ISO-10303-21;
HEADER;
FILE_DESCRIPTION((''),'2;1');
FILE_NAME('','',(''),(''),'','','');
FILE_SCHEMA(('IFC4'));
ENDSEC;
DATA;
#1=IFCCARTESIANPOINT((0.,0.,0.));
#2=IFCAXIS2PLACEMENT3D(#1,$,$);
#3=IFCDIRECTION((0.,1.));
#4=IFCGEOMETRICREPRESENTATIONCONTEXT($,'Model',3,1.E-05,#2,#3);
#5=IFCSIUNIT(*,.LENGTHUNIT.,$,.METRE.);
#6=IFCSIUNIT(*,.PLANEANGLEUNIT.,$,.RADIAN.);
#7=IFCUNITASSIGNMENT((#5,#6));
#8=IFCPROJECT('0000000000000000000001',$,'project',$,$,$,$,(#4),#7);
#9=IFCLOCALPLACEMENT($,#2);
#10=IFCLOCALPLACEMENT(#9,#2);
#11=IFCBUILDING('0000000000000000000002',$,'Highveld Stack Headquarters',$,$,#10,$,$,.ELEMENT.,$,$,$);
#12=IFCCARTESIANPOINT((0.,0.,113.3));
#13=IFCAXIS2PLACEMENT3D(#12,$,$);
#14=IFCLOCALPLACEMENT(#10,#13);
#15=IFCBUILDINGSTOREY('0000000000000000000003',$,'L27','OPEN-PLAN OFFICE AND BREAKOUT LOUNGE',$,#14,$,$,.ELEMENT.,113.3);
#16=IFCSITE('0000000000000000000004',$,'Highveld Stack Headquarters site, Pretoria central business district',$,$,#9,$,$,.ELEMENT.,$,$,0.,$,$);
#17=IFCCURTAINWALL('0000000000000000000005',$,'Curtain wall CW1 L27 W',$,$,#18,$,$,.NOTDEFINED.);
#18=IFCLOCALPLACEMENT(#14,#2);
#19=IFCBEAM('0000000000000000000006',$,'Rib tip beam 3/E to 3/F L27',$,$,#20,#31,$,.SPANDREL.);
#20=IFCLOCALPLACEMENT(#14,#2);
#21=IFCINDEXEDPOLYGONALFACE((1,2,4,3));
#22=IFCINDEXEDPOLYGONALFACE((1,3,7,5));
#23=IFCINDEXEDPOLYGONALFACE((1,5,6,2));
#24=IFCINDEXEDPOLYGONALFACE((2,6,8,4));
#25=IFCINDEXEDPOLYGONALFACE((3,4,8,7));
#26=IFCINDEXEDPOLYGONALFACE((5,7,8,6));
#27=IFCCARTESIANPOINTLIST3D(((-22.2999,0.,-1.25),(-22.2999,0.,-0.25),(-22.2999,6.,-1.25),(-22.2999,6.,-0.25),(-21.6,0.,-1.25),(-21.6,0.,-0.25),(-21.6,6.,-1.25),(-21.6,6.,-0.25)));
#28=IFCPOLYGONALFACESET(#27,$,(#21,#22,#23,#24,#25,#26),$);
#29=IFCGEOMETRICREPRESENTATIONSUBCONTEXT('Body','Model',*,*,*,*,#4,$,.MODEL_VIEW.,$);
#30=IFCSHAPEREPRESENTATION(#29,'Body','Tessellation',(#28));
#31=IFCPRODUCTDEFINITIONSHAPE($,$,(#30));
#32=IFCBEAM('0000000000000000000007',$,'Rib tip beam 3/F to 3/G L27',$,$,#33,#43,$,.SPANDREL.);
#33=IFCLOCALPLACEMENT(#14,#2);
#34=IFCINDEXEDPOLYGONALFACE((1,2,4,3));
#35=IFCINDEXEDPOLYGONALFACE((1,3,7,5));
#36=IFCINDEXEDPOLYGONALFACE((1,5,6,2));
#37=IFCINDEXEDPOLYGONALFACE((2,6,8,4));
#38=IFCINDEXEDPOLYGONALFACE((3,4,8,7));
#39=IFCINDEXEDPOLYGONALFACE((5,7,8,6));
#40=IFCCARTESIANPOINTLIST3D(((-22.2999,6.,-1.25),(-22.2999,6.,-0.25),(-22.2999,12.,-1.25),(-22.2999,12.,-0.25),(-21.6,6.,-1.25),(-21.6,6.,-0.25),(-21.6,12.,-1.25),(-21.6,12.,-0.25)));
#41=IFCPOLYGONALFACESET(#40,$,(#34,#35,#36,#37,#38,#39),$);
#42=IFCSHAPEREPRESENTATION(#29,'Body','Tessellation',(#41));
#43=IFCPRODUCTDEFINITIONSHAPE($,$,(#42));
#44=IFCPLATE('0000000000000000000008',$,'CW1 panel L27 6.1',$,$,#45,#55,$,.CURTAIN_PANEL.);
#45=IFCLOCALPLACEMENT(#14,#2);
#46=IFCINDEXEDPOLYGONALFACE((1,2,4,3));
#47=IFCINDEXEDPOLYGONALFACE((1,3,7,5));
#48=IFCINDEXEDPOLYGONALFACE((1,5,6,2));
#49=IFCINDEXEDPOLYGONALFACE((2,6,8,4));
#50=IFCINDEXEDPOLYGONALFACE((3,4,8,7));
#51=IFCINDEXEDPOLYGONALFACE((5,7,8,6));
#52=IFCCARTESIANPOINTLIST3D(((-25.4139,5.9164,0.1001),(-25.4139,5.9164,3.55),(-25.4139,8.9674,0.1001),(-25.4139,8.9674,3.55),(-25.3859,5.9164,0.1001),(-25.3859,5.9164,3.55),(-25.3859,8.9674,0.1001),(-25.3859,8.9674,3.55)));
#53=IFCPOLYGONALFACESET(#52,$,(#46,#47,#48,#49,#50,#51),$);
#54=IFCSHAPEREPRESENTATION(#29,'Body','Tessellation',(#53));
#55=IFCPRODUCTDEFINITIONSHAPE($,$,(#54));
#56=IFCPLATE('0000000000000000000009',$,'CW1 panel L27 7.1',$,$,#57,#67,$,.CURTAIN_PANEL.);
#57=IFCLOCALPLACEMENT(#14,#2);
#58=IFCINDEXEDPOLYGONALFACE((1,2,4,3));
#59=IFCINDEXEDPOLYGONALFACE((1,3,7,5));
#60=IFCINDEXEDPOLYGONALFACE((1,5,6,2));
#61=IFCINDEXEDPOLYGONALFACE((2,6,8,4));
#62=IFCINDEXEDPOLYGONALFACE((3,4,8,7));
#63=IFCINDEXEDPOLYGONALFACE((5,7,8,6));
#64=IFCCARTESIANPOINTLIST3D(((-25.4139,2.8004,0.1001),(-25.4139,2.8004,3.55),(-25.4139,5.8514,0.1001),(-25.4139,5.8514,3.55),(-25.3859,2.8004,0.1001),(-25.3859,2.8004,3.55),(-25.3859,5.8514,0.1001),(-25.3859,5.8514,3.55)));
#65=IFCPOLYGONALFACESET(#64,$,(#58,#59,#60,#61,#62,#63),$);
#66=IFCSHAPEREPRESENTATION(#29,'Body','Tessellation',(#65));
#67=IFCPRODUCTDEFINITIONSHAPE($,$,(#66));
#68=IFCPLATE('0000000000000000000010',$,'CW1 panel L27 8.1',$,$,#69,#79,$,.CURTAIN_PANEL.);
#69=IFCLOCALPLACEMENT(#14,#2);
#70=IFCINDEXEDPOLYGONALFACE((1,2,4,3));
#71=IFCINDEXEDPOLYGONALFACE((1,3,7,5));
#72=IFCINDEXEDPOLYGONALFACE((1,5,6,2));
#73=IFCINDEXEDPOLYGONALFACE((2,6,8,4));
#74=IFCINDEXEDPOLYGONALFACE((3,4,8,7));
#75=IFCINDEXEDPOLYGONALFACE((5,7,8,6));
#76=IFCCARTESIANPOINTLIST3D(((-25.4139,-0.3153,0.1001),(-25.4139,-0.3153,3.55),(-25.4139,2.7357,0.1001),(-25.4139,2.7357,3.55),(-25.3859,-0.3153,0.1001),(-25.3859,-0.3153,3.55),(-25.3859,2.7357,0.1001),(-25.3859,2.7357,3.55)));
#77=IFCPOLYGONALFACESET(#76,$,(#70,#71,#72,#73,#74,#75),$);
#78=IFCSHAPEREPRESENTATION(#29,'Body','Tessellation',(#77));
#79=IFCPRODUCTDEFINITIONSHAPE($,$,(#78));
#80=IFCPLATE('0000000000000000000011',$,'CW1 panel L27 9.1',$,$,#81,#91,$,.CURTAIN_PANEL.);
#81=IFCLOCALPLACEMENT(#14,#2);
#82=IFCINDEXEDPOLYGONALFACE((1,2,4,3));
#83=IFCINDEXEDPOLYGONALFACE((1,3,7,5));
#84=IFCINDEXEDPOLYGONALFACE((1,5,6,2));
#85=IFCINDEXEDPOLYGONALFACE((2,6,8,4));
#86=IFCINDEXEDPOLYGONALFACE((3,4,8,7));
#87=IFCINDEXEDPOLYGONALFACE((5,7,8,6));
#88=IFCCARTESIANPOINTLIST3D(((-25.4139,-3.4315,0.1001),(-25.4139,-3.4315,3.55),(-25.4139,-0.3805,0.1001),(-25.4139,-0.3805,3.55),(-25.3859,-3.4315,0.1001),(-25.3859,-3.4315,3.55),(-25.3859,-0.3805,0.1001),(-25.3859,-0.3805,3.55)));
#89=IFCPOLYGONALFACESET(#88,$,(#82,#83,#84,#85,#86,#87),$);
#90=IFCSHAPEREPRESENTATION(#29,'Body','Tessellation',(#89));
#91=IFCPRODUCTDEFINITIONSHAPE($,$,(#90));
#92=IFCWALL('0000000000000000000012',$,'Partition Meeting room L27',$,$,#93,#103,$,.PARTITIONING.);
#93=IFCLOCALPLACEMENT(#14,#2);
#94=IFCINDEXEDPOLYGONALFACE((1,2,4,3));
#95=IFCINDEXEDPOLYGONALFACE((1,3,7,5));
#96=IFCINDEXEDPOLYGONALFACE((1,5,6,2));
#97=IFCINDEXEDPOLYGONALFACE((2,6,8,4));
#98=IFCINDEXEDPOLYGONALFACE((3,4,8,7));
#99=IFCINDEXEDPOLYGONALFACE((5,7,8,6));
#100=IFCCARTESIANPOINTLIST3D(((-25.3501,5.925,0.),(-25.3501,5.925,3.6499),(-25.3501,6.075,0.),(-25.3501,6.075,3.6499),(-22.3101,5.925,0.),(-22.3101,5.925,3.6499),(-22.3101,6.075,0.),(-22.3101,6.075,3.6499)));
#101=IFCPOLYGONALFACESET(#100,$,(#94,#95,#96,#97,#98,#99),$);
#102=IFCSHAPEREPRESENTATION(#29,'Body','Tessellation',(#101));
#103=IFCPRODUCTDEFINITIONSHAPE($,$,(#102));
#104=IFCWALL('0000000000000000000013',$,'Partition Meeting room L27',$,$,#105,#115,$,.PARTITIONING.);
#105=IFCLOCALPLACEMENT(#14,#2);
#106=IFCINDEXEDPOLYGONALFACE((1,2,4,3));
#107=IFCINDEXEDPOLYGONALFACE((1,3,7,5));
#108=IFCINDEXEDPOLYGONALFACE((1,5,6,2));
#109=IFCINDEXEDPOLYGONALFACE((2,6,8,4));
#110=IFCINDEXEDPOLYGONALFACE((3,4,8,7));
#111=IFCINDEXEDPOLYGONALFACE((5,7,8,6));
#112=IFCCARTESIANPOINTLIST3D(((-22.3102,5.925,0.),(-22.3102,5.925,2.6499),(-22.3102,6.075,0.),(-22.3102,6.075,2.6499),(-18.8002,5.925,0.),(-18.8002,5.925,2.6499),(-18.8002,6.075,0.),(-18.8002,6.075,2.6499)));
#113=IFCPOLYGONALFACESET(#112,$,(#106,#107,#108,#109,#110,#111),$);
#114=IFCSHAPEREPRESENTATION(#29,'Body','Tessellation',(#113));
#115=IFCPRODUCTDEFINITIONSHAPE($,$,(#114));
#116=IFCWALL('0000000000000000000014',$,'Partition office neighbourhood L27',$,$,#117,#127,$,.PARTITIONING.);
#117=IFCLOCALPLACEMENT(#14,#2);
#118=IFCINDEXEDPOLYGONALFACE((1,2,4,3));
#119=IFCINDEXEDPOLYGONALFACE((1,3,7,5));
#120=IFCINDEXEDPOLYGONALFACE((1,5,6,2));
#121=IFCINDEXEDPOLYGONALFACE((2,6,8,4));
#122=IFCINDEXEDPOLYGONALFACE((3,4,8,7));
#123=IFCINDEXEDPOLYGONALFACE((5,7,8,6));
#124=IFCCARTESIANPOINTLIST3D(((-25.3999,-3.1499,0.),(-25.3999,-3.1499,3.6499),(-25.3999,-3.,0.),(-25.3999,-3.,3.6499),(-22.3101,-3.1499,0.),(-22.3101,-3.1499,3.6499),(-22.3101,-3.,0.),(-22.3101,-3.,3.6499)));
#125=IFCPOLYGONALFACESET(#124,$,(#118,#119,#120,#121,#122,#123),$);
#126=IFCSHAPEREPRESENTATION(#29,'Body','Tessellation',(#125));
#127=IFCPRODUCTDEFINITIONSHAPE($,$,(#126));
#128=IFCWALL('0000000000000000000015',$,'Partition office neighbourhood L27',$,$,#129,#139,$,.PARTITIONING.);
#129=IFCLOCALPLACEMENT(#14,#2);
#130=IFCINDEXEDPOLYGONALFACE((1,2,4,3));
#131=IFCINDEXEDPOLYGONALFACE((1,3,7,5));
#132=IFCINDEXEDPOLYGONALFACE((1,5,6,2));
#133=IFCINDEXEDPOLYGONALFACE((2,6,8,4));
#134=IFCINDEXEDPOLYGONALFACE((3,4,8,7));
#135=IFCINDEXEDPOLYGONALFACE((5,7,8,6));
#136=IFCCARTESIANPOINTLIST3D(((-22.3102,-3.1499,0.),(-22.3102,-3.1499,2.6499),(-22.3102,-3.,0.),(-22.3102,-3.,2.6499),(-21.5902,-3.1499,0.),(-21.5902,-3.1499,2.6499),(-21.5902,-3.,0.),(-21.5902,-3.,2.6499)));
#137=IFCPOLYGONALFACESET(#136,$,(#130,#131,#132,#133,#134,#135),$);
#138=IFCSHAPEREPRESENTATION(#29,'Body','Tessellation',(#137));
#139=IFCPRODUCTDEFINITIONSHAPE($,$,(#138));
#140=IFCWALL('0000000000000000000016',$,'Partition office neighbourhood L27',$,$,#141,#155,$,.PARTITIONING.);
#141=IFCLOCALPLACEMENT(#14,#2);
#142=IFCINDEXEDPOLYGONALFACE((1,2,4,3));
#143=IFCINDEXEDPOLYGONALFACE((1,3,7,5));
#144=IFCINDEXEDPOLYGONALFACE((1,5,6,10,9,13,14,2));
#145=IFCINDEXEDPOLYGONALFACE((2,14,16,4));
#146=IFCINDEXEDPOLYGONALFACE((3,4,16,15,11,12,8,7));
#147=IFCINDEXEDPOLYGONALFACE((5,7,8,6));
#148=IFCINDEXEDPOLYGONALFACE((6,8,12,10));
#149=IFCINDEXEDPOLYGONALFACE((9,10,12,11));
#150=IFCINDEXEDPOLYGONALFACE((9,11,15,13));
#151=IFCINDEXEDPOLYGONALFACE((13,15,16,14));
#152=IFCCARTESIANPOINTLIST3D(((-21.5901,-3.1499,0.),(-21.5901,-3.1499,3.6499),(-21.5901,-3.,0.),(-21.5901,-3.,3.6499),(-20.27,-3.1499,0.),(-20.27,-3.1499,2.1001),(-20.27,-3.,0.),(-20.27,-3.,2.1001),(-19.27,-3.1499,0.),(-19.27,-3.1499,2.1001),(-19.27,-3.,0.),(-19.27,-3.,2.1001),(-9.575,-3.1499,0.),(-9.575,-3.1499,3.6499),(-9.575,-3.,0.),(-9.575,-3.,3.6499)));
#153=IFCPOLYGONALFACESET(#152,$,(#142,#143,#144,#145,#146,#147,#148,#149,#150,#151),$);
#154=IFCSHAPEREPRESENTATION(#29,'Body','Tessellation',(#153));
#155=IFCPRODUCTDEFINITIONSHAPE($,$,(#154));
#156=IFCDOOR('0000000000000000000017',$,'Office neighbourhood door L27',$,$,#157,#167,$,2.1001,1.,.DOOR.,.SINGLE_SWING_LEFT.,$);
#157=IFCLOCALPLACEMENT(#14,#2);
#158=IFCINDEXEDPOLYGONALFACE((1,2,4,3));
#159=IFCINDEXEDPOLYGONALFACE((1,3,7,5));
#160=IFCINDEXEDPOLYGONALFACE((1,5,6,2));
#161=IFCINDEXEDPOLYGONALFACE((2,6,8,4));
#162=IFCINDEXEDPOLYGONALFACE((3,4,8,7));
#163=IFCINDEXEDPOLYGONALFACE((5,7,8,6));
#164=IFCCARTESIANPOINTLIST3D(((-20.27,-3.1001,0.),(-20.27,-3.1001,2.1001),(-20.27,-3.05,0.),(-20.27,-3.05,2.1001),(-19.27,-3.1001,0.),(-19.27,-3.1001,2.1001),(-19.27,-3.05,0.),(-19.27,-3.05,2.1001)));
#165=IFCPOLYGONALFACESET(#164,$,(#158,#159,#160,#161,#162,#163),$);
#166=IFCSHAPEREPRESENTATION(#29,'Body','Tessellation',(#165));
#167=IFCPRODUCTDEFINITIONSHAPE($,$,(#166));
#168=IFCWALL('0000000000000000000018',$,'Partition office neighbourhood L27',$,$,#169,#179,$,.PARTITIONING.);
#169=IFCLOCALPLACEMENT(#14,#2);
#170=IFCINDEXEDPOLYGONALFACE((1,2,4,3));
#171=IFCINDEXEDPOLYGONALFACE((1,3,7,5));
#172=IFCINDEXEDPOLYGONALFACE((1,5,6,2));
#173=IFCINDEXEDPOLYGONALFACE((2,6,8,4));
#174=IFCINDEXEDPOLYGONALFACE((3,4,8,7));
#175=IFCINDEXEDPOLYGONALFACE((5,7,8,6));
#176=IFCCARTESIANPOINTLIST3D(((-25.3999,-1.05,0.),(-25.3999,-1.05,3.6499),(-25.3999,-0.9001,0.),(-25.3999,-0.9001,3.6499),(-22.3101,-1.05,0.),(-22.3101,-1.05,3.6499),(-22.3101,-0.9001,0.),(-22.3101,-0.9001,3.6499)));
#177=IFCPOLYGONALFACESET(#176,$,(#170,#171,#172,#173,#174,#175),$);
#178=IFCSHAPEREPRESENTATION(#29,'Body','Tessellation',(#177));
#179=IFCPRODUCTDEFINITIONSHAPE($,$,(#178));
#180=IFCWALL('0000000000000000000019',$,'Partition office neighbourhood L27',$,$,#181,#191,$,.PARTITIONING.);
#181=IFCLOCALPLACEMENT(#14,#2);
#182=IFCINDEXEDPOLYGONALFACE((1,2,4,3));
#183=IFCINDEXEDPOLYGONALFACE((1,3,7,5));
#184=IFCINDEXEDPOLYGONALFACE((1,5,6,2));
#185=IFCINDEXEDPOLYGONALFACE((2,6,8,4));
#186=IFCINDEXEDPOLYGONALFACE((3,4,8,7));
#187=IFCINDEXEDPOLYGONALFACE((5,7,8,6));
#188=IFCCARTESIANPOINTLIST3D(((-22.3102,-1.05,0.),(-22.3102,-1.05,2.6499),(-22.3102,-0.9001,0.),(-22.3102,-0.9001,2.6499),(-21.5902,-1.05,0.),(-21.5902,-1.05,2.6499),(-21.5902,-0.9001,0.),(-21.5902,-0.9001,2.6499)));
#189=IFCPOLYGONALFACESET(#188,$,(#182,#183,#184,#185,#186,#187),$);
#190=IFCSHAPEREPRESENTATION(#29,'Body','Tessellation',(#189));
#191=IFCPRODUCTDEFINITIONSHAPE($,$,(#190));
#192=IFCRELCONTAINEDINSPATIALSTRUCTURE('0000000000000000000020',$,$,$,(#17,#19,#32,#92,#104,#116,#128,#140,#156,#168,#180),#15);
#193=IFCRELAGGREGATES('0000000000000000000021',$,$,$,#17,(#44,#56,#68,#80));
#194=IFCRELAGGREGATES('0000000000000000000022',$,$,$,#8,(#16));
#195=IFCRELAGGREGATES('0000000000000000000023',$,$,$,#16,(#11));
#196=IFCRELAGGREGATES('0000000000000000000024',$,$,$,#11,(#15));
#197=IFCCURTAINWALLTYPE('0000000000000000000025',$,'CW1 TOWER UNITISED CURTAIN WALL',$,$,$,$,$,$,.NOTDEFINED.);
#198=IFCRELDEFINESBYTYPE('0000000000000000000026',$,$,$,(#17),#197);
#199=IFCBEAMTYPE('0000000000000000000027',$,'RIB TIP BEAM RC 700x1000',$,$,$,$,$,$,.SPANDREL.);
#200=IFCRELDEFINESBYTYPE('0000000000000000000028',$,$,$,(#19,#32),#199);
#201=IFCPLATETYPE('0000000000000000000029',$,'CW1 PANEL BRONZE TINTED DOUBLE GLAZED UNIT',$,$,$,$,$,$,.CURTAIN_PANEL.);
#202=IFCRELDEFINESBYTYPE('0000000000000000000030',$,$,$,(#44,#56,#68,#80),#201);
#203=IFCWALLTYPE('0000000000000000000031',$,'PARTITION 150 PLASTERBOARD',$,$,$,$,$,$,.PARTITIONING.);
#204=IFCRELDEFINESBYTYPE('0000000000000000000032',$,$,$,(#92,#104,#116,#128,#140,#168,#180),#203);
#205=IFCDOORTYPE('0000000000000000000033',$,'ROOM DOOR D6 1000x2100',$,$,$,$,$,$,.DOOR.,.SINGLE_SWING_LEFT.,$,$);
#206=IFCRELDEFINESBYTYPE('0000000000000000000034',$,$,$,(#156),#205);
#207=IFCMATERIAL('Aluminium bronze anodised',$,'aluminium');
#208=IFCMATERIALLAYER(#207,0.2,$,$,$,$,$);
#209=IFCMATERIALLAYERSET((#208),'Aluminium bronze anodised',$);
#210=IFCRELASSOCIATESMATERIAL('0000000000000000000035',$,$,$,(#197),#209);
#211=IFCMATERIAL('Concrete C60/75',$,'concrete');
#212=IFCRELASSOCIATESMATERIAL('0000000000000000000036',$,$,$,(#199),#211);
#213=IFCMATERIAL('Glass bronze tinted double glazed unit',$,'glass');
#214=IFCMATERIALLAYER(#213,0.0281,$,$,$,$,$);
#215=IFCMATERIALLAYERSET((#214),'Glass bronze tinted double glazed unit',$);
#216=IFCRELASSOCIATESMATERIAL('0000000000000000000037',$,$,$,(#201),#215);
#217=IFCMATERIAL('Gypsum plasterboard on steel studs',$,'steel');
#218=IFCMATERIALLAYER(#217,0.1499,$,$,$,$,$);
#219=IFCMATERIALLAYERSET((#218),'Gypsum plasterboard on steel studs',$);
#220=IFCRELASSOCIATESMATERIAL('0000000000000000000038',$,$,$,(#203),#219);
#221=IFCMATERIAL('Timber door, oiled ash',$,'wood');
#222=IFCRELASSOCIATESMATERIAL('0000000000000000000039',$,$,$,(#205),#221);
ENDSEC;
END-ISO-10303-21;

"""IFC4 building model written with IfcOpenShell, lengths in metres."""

from ifc_helpers import new_model, si_unit, direction, frame, frame_2d, origin, origin_2d, place, context, subcontext, project, spatial, rectangle, extrude, material, layer, layer_set, material_profile, profile_set, type_object, element, fill, aggregate, save


model = new_model("IFC4")

# Units and contexts
model_context = context("Model", 3, precision=1e-05, world=origin(), true_north=direction((0.0, 1.0)))
body_context = subcontext(model_context, "Body", "Model", "MODEL_VIEW")
ifc_project = project(units=[si_unit("LENGTHUNIT", "METRE"), si_unit("PLANEANGLEUNIT", "RADIAN")], contexts=[model_context])

# Site, building, storey
site_placement = place(None, origin())
site = spatial("IfcSite", under=ifc_project, at=site_placement, Name="Highveld Stack Headquarters site, Pretoria central business district", CompositionType="ELEMENT", RefElevation=0.0)
building_placement = place(site_placement, origin())
building = spatial("IfcBuilding", under=site, at=building_placement, Name="Highveld Stack Headquarters", CompositionType="ELEMENT")
storey_placement = place(building_placement, frame((0.0, 0.0, 113.3)))
storey = spatial("IfcBuildingStorey", under=building, at=storey_placement, Name="L27", Description="OPEN-PLAN OFFICE AND BREAKOUT LOUNGE", CompositionType="ELEMENT", Elevation=113.3)

# Curtain wall
ifc_material_1 = material(Name="Aluminium bronze anodised", Category="aluminium")
ifc_layer_1 = layer(ifc_material_1, 0.2)
ifc_layer_set_1 = layer_set([ifc_layer_1], Name="Aluminium bronze anodised")
curtain_wall_type = type_object("IfcCurtainWallType", Name="CW1 TOWER UNITISED CURTAIN WALL", PredefinedType="NOTDEFINED", material=ifc_layer_set_1)
curtain_wall_placement = place(storey_placement, origin())
curtain_wall = element("IfcCurtainWall", 1, at=curtain_wall_placement, inside=storey, type_object=curtain_wall_type, Name="Curtain wall CW1 L27 W", PredefinedType="NOTDEFINED")

# Beams
ifc_material_2 = material(Name="Concrete C60/75", Category="concrete")
ifc_material_profile_1 = material_profile(ifc_material_2, rectangle(XDim=0.7, YDim=1.0, at=origin_2d()), Name="RC 700x1000")
ifc_profile_set_1 = profile_set([ifc_material_profile_1], Name="Concrete C60/75")
beam_type = type_object("IfcBeamType", Name="RIB TIP BEAM RC 700x1000", PredefinedType="SPANDREL", material=ifc_profile_set_1)
for number, where, z_axis, x_axis, name in (
    (2, (-21.95, 0.0, -0.75), (0.0, 1.0, 0.0), (-1.0, 0.0, 0.0), "Rib tip beam 3/E to 3/F L27"),
    (3, (-21.95, 6.0, -0.75), (0.0, 1.0, 0.0), (-1.0, 0.0, 0.0), "Rib tip beam 3/F to 3/G L27"),
):
    element("IfcBeam", number, at=place(storey_placement, frame(where, z_axis=z_axis, x_axis=x_axis)), inside=storey, type_object=beam_type, Name=name, PredefinedType="SPANDREL", context=body_context, shape_type="SweptSolid", body=[
        extrude(rectangle(XDim=0.7, YDim=1.0, at=origin_2d()), origin(), (0.0, 0.0, 1.0), 6.0),
    ])

# Plates
ifc_material_3 = material(Name="Glass bronze tinted double glazed unit", Category="glass")
ifc_layer_2 = layer(ifc_material_3, 0.0281)
ifc_layer_set_2 = layer_set([ifc_layer_2], Name="Glass bronze tinted double glazed unit")
plate_type = type_object("IfcPlateType", Name="CW1 PANEL BRONZE TINTED DOUBLE GLAZED UNIT", PredefinedType="CURTAIN_PANEL", material=ifc_layer_set_2)
plate_1_placement = place(storey_placement, frame((-25.3999, 7.4419, 0.1001), z_axis=(0.0, 0.0, 1.0), x_axis=(0.0, -1.0, 0.0)))
plate_1 = element("IfcPlate", 4, at=plate_1_placement, type_object=plate_type, Name="CW1 panel L27 6.1", PredefinedType="CURTAIN_PANEL", context=body_context, shape_type="SweptSolid", body=[
    extrude(rectangle(XDim=3.051, YDim=0.0281, at=origin_2d()), origin(), (0.0, 0.0, 1.0), 3.45),
])
plate_2_placement = place(storey_placement, frame((-25.3999, 4.3259, 0.1001), z_axis=(0.0, 0.0, 1.0), x_axis=(0.0, -1.0, 0.0)))
plate_2 = element("IfcPlate", 5, at=plate_2_placement, type_object=plate_type, Name="CW1 panel L27 7.1", PredefinedType="CURTAIN_PANEL", context=body_context, shape_type="SweptSolid", body=[
    extrude(rectangle(XDim=3.051, YDim=0.0281, at=origin_2d()), origin(), (0.0, 0.0, 1.0), 3.45),
])
plate_3_placement = place(storey_placement, frame((-25.3999, 1.2102, 0.1001), z_axis=(0.0, 0.0, 1.0), x_axis=(0.0, -1.0, 0.0)))
plate_3 = element("IfcPlate", 6, at=plate_3_placement, type_object=plate_type, Name="CW1 panel L27 8.1", PredefinedType="CURTAIN_PANEL", context=body_context, shape_type="SweptSolid", body=[
    extrude(rectangle(XDim=3.051, YDim=0.0281, at=origin_2d()), origin(), (0.0, 0.0, 1.0), 3.45),
])
plate_4_placement = place(storey_placement, frame((-25.3999, -1.906, 0.1001), z_axis=(0.0, 0.0, 1.0), x_axis=(0.0, -1.0, 0.0)))
plate_4 = element("IfcPlate", 7, at=plate_4_placement, type_object=plate_type, Name="CW1 panel L27 9.1", PredefinedType="CURTAIN_PANEL", context=body_context, shape_type="SweptSolid", body=[
    extrude(rectangle(XDim=3.051, YDim=0.0281, at=origin_2d()), origin(), (0.0, 0.0, 1.0), 3.45),
])
aggregate(curtain_wall, [plate_1, plate_2, plate_3, plate_4])

# Walls
ifc_material_4 = material(Name="Gypsum plasterboard on steel studs", Category="steel")
ifc_layer_3 = layer(ifc_material_4, 0.1499)
ifc_layer_set_3 = layer_set([ifc_layer_3], Name="Gypsum plasterboard on steel studs")
wall_type = type_object("IfcWallType", Name="PARTITION 150 PLASTERBOARD", PredefinedType="PARTITIONING", material=ifc_layer_set_3)
wall_1_placement = place(storey_placement, frame((-25.3501, 6.0, 0.0), z_axis=(0.0, 0.0, 1.0), x_axis=(1.0, 0.0, 0.0)))
element("IfcWall", 8, at=wall_1_placement, inside=storey, type_object=wall_type, Name="Partition Meeting room L27", PredefinedType="PARTITIONING", context=body_context, shape_type="SweptSolid", body=[
    extrude(rectangle(XDim=3.04, YDim=0.1499, at=frame_2d((1.52, 0.0))), origin(), (0.0, 0.0, 1.0), 3.6499),
])
wall_2_placement = place(storey_placement, frame((-22.3101, 6.0, 0.0), z_axis=(0.0, 0.0, 1.0), x_axis=(1.0, 0.0, 0.0)))
element("IfcWall", 9, at=wall_2_placement, inside=storey, type_object=wall_type, Name="Partition Meeting room L27", PredefinedType="PARTITIONING", context=body_context, shape_type="SweptSolid", body=[
    extrude(rectangle(XDim=3.51, YDim=0.1499, at=frame_2d((1.7549, 0.0))), origin(), (0.0, 0.0, 1.0), 2.6499),
])
wall_3_placement = place(storey_placement, frame((-25.3999, -3.075, 0.0), z_axis=(0.0, 0.0, 1.0), x_axis=(1.0, 0.0, 0.0)))
element("IfcWall", 10, at=wall_3_placement, inside=storey, type_object=wall_type, Name="Partition office neighbourhood L27", PredefinedType="PARTITIONING", context=body_context, shape_type="SweptSolid", body=[
    extrude(rectangle(XDim=3.0898, YDim=0.1499, at=frame_2d((1.5449, 0.0))), origin(), (0.0, 0.0, 1.0), 3.6499),
])
wall_4_placement = place(storey_placement, frame((-22.3101, -3.075, 0.0), z_axis=(0.0, 0.0, 1.0), x_axis=(1.0, 0.0, 0.0)))
element("IfcWall", 11, at=wall_4_placement, inside=storey, type_object=wall_type, Name="Partition office neighbourhood L27", PredefinedType="PARTITIONING", context=body_context, shape_type="SweptSolid", body=[
    extrude(rectangle(XDim=0.72, YDim=0.1499, at=frame_2d((0.3599, 0.0))), origin(), (0.0, 0.0, 1.0), 2.6499),
])

# Wall, opening, door
wall_5_placement = place(storey_placement, frame((-21.5901, -3.075, 0.0), z_axis=(0.0, 0.0, 1.0), x_axis=(1.0, 0.0, 0.0)))
wall_5 = element("IfcWall", 12, at=wall_5_placement, inside=storey, type_object=wall_type, Name="Partition office neighbourhood L27", PredefinedType="PARTITIONING", context=body_context, shape_type="SweptSolid", body=[
    extrude(rectangle(XDim=12.0151, YDim=0.1499, at=frame_2d((6.0076, 0.0))), origin(), (0.0, 0.0, 1.0), 3.6499),
])
opening_1_placement = place(wall_5_placement, frame((1.3201, 0.0, 0.0)))
opening_1 = element("IfcOpeningElement", 13, at=opening_1_placement, cuts=wall_5, PredefinedType="OPENING", context=body_context, shape_type="SweptSolid", body=[
    extrude(rectangle(XDim=1.0, YDim=2.1001, at=frame_2d((0.5, 1.05))), frame((0.0, 0.085, 0.0), z_axis=(0.0, -1.0, 0.0), x_axis=(1.0, 0.0, 0.0)), (0.0, 0.0, 1.0), 0.1699),
])
ifc_material_5 = material(Name="Timber door, oiled ash", Category="wood")
door_type = type_object("IfcDoorType", Name="ROOM DOOR D6 1000x2100", OperationType="SINGLE_SWING_LEFT", PredefinedType="DOOR", material=ifc_material_5)
door_1_placement = place(opening_1_placement, origin())
door_1 = element("IfcDoor", 14, at=door_1_placement, inside=storey, type_object=door_type, Name="Office neighbourhood door L27", OperationType="SINGLE_SWING_LEFT", OverallHeight=2.1001, OverallWidth=1.0, PredefinedType="DOOR", context=body_context, shape_type="SweptSolid", body=[
    extrude(rectangle(XDim=1.0, YDim=2.1001, at=frame_2d((0.5, 1.05))), frame((0.0, 0.0249, 0.0), z_axis=(0.0, -1.0, 0.0), x_axis=(1.0, 0.0, 0.0)), (0.0, 0.0, 1.0), 0.05),
])
fill(opening_1, door_1)

# Walls
wall_6_placement = place(storey_placement, frame((-25.3999, -0.9751, 0.0), z_axis=(0.0, 0.0, 1.0), x_axis=(1.0, 0.0, 0.0)))
element("IfcWall", 15, at=wall_6_placement, inside=storey, type_object=wall_type, Name="Partition office neighbourhood L27", PredefinedType="PARTITIONING", context=body_context, shape_type="SweptSolid", body=[
    extrude(rectangle(XDim=3.0898, YDim=0.1499, at=frame_2d((1.5449, 0.0))), origin(), (0.0, 0.0, 1.0), 3.6499),
])
wall_7_placement = place(storey_placement, frame((-22.3101, -0.9751, 0.0), z_axis=(0.0, 0.0, 1.0), x_axis=(1.0, 0.0, 0.0)))
element("IfcWall", 16, at=wall_7_placement, inside=storey, type_object=wall_type, Name="Partition office neighbourhood L27", PredefinedType="PARTITIONING", context=body_context, shape_type="SweptSolid", body=[
    extrude(rectangle(XDim=0.72, YDim=0.1499, at=frame_2d((0.3599, 0.0))), origin(), (0.0, 0.0, 1.0), 2.6499),
])

save(model, "model.ifc")
